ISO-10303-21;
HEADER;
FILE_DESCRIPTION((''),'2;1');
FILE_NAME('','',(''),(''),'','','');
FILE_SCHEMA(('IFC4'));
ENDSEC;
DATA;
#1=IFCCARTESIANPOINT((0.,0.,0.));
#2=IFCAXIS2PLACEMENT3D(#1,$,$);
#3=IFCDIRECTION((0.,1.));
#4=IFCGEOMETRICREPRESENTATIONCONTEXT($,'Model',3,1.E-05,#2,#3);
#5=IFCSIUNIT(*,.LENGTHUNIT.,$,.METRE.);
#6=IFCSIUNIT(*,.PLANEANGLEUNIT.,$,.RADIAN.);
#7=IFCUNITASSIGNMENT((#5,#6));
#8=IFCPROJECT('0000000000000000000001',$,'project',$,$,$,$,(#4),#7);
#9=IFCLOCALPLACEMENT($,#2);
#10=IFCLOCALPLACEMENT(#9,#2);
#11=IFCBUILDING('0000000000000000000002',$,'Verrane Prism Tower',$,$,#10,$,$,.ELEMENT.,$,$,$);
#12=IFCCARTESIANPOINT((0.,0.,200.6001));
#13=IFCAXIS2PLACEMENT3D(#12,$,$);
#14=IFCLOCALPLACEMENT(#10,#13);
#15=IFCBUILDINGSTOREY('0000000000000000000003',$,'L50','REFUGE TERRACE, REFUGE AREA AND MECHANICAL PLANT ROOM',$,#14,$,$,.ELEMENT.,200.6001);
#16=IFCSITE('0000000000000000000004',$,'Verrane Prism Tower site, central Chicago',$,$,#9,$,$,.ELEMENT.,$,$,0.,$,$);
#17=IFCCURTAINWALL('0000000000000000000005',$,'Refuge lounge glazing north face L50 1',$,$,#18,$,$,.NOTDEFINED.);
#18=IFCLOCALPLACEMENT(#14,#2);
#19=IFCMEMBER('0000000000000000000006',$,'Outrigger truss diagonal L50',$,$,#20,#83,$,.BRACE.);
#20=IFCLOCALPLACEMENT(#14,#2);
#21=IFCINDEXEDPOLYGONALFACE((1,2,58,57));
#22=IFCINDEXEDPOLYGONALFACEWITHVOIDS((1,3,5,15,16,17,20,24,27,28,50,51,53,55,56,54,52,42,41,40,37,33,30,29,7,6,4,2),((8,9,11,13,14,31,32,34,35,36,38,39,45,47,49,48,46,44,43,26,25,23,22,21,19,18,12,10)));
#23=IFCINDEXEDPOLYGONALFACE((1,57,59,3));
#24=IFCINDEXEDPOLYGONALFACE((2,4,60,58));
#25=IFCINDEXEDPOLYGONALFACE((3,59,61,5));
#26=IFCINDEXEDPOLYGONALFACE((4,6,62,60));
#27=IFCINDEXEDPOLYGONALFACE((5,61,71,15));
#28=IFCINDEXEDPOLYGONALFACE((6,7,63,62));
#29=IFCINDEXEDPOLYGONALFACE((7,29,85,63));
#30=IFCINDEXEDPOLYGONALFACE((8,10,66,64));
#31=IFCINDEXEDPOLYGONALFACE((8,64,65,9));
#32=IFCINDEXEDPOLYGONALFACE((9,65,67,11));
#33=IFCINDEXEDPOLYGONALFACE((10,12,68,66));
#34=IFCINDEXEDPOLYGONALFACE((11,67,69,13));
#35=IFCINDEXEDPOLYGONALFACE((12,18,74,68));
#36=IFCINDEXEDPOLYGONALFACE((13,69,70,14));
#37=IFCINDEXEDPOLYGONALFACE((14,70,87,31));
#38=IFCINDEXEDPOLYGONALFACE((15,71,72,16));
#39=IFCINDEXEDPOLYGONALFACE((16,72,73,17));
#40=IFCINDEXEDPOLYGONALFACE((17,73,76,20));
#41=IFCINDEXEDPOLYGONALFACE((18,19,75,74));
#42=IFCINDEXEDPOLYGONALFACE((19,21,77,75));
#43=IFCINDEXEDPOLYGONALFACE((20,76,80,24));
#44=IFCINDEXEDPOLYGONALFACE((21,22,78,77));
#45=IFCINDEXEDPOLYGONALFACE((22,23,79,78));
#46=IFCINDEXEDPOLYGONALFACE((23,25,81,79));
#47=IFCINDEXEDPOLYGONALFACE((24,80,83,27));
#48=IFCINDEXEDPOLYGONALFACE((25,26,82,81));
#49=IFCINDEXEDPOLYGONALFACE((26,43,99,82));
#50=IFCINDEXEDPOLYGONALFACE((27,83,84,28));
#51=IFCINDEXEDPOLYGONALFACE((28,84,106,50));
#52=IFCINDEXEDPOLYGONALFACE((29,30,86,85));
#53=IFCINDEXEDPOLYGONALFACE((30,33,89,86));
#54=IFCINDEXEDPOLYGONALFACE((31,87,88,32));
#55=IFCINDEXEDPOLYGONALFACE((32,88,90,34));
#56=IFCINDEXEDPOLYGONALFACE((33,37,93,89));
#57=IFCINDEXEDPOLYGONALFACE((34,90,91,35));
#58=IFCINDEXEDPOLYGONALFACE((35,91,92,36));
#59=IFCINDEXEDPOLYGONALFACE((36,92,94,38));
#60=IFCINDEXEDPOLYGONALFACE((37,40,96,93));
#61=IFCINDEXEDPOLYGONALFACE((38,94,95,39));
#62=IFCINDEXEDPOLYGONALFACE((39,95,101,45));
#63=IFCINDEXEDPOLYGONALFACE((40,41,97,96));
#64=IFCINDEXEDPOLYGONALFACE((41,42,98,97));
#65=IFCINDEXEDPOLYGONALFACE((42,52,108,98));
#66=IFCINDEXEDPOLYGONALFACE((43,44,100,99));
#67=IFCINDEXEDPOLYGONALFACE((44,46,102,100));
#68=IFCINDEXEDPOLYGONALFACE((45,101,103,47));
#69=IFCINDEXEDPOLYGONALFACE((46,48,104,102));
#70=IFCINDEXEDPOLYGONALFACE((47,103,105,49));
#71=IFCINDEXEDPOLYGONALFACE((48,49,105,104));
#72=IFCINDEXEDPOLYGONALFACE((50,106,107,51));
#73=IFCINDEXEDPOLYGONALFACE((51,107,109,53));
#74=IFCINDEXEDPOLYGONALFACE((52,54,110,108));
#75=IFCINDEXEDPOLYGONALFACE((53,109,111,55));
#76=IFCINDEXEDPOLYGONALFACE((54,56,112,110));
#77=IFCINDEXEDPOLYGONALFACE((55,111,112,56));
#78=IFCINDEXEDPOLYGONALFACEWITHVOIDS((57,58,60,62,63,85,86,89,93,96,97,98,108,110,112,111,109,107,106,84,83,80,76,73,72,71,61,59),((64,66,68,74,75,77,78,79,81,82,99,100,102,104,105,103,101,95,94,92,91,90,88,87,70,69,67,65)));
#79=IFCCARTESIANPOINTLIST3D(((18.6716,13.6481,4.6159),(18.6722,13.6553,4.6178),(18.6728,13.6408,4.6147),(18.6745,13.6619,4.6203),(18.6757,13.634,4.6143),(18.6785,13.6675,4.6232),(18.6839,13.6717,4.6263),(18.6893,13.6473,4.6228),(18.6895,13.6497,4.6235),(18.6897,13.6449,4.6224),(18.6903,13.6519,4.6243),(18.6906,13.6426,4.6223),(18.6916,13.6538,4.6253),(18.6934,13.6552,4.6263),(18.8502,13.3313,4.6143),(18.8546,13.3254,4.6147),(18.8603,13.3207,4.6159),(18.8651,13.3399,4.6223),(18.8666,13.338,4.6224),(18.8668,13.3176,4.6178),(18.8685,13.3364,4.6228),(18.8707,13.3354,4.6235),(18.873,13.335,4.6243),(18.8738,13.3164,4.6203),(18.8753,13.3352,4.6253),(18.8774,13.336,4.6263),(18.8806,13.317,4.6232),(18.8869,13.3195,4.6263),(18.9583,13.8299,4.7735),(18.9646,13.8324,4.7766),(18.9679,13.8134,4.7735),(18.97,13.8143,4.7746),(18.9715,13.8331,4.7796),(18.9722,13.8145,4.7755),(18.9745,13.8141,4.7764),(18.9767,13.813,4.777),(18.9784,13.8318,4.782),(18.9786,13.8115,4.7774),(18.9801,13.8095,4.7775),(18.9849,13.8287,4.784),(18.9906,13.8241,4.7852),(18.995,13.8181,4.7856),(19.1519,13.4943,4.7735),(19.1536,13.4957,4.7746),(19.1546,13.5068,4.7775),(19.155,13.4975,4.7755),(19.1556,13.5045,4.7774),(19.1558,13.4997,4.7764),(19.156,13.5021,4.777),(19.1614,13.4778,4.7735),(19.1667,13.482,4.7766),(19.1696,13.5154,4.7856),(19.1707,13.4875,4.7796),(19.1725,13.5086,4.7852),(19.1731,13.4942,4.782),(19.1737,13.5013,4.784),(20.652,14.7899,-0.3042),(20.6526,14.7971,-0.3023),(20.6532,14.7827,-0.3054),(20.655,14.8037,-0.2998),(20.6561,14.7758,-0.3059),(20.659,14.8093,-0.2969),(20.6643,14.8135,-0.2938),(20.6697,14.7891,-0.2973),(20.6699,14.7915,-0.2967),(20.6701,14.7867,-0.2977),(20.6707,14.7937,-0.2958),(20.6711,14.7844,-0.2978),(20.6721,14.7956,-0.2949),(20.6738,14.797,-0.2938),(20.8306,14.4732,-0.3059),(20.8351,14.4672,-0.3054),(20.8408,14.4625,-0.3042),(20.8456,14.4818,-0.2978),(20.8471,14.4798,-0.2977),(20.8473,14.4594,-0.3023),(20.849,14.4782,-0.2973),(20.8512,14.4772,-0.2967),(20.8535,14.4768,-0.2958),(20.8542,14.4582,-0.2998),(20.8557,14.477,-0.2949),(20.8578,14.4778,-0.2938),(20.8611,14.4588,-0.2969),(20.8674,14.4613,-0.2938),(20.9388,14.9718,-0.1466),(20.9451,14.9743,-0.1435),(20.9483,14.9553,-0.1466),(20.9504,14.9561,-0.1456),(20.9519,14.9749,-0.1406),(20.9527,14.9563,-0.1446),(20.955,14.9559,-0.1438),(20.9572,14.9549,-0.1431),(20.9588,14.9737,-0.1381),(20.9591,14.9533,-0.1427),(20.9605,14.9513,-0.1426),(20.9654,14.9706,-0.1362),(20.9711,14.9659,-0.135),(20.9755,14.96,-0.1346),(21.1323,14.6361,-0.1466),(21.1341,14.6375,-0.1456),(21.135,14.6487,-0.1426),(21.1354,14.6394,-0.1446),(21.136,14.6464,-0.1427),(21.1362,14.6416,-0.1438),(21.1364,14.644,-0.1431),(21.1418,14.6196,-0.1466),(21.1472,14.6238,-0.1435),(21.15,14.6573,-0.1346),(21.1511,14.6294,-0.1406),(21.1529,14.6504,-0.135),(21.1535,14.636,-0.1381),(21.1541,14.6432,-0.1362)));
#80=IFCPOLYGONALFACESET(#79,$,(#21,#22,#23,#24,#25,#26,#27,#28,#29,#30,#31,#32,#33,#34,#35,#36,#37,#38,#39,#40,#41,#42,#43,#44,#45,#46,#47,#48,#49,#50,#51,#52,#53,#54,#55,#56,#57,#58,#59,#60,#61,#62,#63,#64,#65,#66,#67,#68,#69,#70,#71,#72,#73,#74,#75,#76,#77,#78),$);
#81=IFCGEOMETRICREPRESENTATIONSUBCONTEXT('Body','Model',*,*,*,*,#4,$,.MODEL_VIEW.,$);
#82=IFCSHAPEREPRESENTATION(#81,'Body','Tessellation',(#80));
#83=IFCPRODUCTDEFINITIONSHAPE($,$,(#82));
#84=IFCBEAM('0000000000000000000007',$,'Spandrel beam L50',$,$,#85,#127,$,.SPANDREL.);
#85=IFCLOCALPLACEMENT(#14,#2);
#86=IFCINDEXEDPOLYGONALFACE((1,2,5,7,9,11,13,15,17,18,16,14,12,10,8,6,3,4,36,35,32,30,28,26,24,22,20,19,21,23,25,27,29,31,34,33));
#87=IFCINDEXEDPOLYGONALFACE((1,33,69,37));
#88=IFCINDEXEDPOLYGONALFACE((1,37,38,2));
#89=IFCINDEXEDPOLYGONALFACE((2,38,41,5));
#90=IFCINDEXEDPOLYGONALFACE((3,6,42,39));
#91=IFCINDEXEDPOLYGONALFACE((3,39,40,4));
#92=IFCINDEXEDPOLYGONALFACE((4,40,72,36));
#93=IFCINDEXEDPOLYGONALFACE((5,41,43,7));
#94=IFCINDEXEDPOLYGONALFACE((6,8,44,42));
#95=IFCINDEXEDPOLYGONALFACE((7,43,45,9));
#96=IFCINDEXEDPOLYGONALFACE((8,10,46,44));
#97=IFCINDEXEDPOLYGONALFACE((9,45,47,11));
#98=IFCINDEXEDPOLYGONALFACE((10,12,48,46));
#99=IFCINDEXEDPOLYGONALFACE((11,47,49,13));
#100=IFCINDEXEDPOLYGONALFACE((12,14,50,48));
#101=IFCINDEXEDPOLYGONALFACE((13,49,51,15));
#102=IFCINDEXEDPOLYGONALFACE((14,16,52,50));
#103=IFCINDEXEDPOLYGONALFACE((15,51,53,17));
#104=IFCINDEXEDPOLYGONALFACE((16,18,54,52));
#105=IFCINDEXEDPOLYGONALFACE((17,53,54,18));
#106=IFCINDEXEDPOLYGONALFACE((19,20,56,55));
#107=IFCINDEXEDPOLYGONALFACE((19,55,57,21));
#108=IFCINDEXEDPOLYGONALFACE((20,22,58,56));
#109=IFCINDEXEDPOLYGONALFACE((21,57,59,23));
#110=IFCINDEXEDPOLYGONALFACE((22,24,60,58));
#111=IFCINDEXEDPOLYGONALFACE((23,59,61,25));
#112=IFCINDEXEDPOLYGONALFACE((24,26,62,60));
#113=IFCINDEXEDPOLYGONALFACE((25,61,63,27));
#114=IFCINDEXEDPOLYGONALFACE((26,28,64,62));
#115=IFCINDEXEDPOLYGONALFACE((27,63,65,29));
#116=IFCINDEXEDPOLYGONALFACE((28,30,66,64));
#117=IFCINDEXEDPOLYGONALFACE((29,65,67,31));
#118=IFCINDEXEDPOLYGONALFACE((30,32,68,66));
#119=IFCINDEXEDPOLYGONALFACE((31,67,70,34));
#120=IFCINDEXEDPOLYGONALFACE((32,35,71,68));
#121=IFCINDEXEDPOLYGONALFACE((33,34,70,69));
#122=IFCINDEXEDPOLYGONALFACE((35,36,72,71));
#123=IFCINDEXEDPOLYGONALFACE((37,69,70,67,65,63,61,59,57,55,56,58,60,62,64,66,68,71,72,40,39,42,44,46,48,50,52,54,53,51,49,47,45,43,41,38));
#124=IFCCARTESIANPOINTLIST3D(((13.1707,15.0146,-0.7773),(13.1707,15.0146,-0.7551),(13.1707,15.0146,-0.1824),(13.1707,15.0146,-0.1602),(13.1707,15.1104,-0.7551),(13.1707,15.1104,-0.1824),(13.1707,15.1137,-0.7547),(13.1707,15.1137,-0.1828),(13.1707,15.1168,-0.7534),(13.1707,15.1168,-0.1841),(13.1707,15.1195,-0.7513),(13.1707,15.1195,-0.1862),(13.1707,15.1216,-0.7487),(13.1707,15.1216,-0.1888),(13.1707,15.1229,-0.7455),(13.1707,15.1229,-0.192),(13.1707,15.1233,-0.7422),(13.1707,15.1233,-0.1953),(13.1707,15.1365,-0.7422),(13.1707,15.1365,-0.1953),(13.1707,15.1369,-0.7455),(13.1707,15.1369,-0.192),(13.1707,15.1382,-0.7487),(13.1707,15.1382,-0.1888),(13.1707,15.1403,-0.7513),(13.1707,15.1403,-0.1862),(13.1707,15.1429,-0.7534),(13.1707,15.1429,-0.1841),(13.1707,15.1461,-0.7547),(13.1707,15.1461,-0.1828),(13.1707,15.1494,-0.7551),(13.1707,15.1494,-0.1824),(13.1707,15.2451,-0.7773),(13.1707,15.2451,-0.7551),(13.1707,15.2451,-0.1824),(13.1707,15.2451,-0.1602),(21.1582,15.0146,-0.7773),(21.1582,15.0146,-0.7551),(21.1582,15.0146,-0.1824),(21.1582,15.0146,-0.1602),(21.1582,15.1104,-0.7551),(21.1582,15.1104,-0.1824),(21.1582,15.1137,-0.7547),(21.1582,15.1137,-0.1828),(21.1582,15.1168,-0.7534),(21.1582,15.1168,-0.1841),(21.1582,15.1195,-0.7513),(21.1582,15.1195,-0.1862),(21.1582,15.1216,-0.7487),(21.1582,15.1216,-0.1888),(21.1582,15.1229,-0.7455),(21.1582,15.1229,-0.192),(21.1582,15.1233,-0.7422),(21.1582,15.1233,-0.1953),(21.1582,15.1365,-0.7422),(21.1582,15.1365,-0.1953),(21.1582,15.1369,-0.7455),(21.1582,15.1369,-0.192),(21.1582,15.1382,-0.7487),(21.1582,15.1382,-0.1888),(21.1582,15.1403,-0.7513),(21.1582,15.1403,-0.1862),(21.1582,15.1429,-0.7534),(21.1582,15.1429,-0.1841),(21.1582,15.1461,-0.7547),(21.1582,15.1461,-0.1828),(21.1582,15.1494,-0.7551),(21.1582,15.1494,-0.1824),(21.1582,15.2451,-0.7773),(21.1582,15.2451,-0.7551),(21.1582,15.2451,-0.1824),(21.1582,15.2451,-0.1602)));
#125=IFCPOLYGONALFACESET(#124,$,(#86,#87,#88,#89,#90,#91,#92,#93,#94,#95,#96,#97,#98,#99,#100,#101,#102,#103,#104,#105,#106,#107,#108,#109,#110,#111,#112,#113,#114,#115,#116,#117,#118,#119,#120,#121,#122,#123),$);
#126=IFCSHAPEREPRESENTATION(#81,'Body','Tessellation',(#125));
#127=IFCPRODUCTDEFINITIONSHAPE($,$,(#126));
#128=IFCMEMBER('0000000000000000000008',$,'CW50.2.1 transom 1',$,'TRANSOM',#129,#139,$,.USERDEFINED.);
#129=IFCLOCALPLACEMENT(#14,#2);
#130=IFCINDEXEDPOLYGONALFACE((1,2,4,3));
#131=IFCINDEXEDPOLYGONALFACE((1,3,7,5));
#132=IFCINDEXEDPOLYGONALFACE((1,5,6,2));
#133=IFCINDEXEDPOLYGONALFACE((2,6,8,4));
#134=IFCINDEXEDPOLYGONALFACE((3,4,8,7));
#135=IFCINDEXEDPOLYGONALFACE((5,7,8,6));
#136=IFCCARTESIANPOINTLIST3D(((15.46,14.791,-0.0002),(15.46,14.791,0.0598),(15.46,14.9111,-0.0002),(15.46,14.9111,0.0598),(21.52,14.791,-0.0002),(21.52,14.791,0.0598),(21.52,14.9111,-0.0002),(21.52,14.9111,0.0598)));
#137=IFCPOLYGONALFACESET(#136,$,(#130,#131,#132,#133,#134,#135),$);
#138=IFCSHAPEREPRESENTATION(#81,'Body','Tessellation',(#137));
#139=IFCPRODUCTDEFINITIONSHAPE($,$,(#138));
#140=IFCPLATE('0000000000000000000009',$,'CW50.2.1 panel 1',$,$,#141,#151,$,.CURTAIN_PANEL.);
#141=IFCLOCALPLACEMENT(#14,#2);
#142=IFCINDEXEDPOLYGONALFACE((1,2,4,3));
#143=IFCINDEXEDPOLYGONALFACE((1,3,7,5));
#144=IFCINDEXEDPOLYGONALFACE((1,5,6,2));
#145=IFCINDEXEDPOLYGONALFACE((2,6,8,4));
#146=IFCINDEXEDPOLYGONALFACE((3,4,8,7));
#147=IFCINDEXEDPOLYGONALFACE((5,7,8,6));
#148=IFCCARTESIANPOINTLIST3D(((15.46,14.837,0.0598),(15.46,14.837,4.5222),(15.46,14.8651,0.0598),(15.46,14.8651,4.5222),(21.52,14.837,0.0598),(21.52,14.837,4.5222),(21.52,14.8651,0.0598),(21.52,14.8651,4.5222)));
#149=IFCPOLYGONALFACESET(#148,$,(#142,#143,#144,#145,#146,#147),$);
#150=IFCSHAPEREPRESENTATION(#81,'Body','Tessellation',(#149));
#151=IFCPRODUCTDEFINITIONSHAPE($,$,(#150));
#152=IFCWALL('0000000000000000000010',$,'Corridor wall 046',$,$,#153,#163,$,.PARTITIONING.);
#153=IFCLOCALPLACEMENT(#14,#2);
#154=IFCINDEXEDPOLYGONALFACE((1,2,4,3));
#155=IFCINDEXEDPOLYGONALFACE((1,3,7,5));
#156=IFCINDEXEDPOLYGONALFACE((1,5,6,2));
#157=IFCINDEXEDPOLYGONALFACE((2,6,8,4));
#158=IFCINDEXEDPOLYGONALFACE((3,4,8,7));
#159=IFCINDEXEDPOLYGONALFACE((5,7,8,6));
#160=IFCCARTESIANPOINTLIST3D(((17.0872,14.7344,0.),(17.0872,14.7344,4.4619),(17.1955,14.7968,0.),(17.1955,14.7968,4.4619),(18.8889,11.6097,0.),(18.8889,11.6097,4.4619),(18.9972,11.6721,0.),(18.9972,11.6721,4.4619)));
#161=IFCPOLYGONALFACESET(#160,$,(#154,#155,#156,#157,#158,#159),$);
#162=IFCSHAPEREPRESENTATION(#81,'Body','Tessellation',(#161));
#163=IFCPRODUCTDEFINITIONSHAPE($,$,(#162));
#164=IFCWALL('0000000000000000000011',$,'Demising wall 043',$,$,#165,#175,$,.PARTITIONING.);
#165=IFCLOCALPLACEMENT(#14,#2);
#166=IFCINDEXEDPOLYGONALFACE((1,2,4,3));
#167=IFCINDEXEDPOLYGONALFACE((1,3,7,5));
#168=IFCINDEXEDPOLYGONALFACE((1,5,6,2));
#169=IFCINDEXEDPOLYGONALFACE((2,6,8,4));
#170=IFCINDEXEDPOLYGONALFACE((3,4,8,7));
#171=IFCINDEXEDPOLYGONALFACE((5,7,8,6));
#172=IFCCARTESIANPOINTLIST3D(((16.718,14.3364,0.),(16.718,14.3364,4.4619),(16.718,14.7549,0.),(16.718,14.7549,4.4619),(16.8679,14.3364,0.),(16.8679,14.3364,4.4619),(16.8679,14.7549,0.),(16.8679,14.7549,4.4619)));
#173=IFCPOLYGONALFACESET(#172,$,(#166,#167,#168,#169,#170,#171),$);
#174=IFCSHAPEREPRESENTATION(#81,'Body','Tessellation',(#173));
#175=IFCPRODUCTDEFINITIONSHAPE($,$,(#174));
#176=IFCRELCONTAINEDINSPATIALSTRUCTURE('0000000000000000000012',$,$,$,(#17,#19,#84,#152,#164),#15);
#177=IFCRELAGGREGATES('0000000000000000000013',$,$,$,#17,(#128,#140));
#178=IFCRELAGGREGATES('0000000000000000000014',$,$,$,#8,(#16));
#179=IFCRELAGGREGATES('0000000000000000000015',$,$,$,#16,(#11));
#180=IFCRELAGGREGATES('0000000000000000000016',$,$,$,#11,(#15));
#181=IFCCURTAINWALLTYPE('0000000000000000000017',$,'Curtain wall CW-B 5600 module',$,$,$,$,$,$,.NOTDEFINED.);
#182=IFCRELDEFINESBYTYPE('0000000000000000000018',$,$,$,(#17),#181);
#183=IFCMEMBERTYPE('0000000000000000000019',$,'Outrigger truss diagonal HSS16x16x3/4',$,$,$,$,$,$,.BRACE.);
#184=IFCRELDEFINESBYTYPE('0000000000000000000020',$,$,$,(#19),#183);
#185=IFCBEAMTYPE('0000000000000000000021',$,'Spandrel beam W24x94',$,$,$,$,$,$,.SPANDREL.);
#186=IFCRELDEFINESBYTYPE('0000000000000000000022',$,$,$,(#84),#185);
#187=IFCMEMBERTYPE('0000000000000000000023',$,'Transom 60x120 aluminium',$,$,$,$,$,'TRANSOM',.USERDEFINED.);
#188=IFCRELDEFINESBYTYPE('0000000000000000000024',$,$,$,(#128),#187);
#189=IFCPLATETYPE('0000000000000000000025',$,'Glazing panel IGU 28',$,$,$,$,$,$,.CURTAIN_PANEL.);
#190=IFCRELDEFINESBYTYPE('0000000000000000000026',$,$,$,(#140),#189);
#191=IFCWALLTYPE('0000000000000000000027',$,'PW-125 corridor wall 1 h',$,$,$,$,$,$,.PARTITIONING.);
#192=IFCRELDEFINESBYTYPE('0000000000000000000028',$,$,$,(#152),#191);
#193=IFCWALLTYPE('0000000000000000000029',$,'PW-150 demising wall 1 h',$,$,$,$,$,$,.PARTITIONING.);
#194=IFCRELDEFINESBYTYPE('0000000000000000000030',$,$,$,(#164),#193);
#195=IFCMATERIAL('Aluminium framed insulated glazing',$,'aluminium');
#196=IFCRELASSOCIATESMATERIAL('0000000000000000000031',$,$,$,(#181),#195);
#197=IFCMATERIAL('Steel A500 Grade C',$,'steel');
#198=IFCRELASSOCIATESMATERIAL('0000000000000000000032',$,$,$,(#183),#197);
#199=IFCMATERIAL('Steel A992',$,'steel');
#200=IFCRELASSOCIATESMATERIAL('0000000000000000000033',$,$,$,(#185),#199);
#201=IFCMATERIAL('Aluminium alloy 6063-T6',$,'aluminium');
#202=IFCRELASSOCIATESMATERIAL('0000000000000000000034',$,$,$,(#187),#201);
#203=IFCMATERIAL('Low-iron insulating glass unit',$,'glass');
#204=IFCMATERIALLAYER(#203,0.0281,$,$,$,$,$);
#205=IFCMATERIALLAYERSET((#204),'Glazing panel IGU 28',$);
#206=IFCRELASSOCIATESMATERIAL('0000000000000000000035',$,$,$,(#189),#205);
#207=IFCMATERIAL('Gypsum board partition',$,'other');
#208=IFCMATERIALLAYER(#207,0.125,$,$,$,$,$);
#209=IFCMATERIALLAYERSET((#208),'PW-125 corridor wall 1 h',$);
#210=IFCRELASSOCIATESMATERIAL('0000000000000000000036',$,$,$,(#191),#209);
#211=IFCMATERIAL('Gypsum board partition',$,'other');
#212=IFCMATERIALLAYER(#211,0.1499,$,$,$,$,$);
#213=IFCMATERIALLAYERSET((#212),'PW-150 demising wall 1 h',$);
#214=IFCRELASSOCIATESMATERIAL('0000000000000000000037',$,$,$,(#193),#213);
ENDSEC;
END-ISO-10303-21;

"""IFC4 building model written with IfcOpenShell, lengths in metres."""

from ifc_helpers import new_model, si_unit, direction, frame, frame_2d, origin, origin_2d, place, context, subcontext, project, spatial, rectangle, hollow_rectangle, i_section, extrude, material, layer, layer_set, material_profile, profile_set, type_object, element, aggregate, save


model = new_model("IFC4")

# Units and contexts
model_context = context("Model", 3, precision=1e-05, world=origin(), true_north=direction((0.0, 1.0)))
body_context = subcontext(model_context, "Body", "Model", "MODEL_VIEW")
ifc_project = project(units=[si_unit("LENGTHUNIT", "METRE"), si_unit("PLANEANGLEUNIT", "RADIAN")], contexts=[model_context])

# Site, building, storey
site_placement = place(None, origin())
site = spatial("IfcSite", under=ifc_project, at=site_placement, Name="Verrane Prism Tower site, central Chicago", CompositionType="ELEMENT", RefElevation=0.0)
building_placement = place(site_placement, origin())
building = spatial("IfcBuilding", under=site, at=building_placement, Name="Verrane Prism Tower", CompositionType="ELEMENT")
storey_placement = place(building_placement, frame((0.0, 0.0, 200.6001)))
storey = spatial("IfcBuildingStorey", under=building, at=storey_placement, Name="L50", Description="REFUGE TERRACE, REFUGE AREA AND MECHANICAL PLANT ROOM", CompositionType="ELEMENT", Elevation=200.6001)

# Curtain wall
ifc_material_1 = material(Name="Aluminium framed insulated glazing", Category="aluminium")
curtain_wall_type_1 = type_object("IfcCurtainWallType", Name="Curtain wall CW-B 5600 module", PredefinedType="NOTDEFINED", material=ifc_material_1)
curtain_wall_1_placement = place(storey_placement, origin())
curtain_wall_1 = element("IfcCurtainWall", 1, at=curtain_wall_1_placement, inside=storey, type_object=curtain_wall_type_1, Name="Refuge lounge glazing north face L50 1", PredefinedType="NOTDEFINED")

# Member
ifc_material_2 = material(Name="Steel A500 Grade C", Category="steel")
ifc_material_profile_1 = material_profile(ifc_material_2, hollow_rectangle(XDim=0.4065, YDim=0.4065, WallThickness=0.019, InnerFilletRadius=0.0095, OuterFilletRadius=0.0286, at=origin_2d()), Name="HSS16x16x3/4")
ifc_profile_set_1 = profile_set([ifc_material_profile_1], Name="Steel A500 Grade C")
member_type_1 = type_object("IfcMemberType", Name="Outrigger truss diagonal HSS16x16x3/4", PredefinedType="BRACE", material=ifc_profile_set_1)
member_1_placement = place(storey_placement, frame((20.9031, 14.7166, -0.2202), z_axis=(-0.365042, -0.210466, 0.906889), x_axis=(0.499482, -0.866324, 0.0)))
element("IfcMember", 2, at=member_1_placement, inside=storey, type_object=member_type_1, Name="Outrigger truss diagonal L50", PredefinedType="BRACE", context=body_context, shape_type="SweptSolid", body=[
    extrude(hollow_rectangle(XDim=0.4065, YDim=0.4065, WallThickness=0.019, InnerFilletRadius=0.0095, OuterFilletRadius=0.0286, at=origin_2d()), origin(), (0.0, 0.0, 1.0), 5.4253),
])

# Beam
ifc_material_3 = material(Name="Steel A992", Category="steel")
ifc_material_profile_2 = material_profile(ifc_material_3, i_section(OverallWidth=0.2305, OverallDepth=0.6172, WebThickness=0.0132, FlangeThickness=0.0222, FilletRadius=0.0129, at=origin_2d()), Name="W24x94")
ifc_profile_set_2 = profile_set([ifc_material_profile_2], Name="Steel A992")
beam_type_1 = type_object("IfcBeamType", Name="Spandrel beam W24x94", PredefinedType="SPANDREL", material=ifc_profile_set_2)
beam_1_placement = place(storey_placement, frame((21.1582, 15.1299, -0.4688), z_axis=(-1.0, 0.0, 0.0), x_axis=(0.0, -1.0, 0.0)))
element("IfcBeam", 3, at=beam_1_placement, inside=storey, type_object=beam_type_1, Name="Spandrel beam L50", PredefinedType="SPANDREL", context=body_context, shape_type="SweptSolid", body=[
    extrude(i_section(OverallWidth=0.2305, OverallDepth=0.6172, WebThickness=0.0132, FlangeThickness=0.0222, FilletRadius=0.0129, at=origin_2d()), origin(), (0.0, 0.0, 1.0), 7.9875),
])

# Member
ifc_material_4 = material(Name="Aluminium alloy 6063-T6", Category="aluminium")
ifc_material_profile_3 = material_profile(ifc_material_4, rectangle(XDim=0.1201, YDim=0.0601, at=origin_2d()), Name="Transom 60x120 aluminium")
ifc_profile_set_3 = profile_set([ifc_material_profile_3], Name="Aluminium alloy 6063-T6")
member_type_2 = type_object("IfcMemberType", Name="Transom 60x120 aluminium", ElementType="TRANSOM", PredefinedType="USERDEFINED", material=ifc_profile_set_3)
member_2_placement = place(storey_placement, frame((21.52, 14.8511, 0.0298), z_axis=(-1.0, 0.0, 0.0), x_axis=(0.0, -1.0, 0.0)))
member_2 = element("IfcMember", 4, at=member_2_placement, type_object=member_type_2, Name="CW50.2.1 transom 1", ObjectType="TRANSOM", PredefinedType="USERDEFINED", context=body_context, shape_type="SweptSolid", body=[
    extrude(rectangle(XDim=0.1201, YDim=0.0601, at=origin_2d()), origin(), (0.0, 0.0, 1.0), 6.0601),
])

# Plate
ifc_material_5 = material(Name="Low-iron insulating glass unit", Category="glass")
ifc_layer_1 = layer(ifc_material_5, 0.0281)
ifc_layer_set_1 = layer_set([ifc_layer_1], Name="Glazing panel IGU 28")
plate_type = type_object("IfcPlateType", Name="Glazing panel IGU 28", PredefinedType="CURTAIN_PANEL", material=ifc_layer_set_1)
plate_placement = place(storey_placement, frame((18.49, 14.8511, 0.0598), z_axis=(0.0, 0.0, 1.0), x_axis=(-1.0, 0.0, 0.0)))
plate = element("IfcPlate", 5, at=plate_placement, type_object=plate_type, Name="CW50.2.1 panel 1", PredefinedType="CURTAIN_PANEL", context=body_context, shape_type="SweptSolid", body=[
    extrude(rectangle(XDim=6.0601, YDim=0.0281, at=origin_2d()), origin(), (0.0, 0.0, 1.0), 4.4624),
])
aggregate(curtain_wall_1, [member_2, plate])

# Walls
ifc_material_6 = material(Name="Gypsum board partition", Category="other")
ifc_layer_2 = layer(ifc_material_6, 0.125)
ifc_layer_set_2 = layer_set([ifc_layer_2], Name="PW-125 corridor wall 1 h")
wall_type_1 = type_object("IfcWallType", Name="PW-125 corridor wall 1 h", PredefinedType="PARTITIONING", material=ifc_layer_set_2)
wall_1_placement = place(storey_placement, frame((17.1414, 14.7656, 0.0), z_axis=(0.0, 0.0, 1.0), x_axis=(0.499517, -0.866304, 0.0)))
element("IfcWall", 6, at=wall_1_placement, inside=storey, type_object=wall_type_1, Name="Corridor wall 046", PredefinedType="PARTITIONING", context=body_context, shape_type="SweptSolid", body=[
    extrude(rectangle(XDim=3.6069, YDim=0.125, at=frame_2d((1.8035, 0.0))), origin(), (0.0, 0.0, 1.0), 4.4619),
])
ifc_material_7 = material(Name="Gypsum board partition", Category="other")
ifc_layer_3 = layer(ifc_material_7, 0.1499)
ifc_layer_set_3 = layer_set([ifc_layer_3], Name="PW-150 demising wall 1 h")
wall_type_2 = type_object("IfcWallType", Name="PW-150 demising wall 1 h", PredefinedType="PARTITIONING", material=ifc_layer_set_3)
wall_2_placement = place(storey_placement, frame((16.793, 14.3364, 0.0), z_axis=(0.0, 0.0, 1.0), x_axis=(0.0, 1.0, 0.0)))
element("IfcWall", 7, at=wall_2_placement, inside=storey, type_object=wall_type_2, Name="Demising wall 043", PredefinedType="PARTITIONING", context=body_context, shape_type="SweptSolid", body=[
    extrude(rectangle(XDim=0.4185, YDim=0.1499, at=frame_2d((0.2092, 0.0))), origin(), (0.0, 0.0, 1.0), 4.4619),
])

save(model, "model.ifc")
